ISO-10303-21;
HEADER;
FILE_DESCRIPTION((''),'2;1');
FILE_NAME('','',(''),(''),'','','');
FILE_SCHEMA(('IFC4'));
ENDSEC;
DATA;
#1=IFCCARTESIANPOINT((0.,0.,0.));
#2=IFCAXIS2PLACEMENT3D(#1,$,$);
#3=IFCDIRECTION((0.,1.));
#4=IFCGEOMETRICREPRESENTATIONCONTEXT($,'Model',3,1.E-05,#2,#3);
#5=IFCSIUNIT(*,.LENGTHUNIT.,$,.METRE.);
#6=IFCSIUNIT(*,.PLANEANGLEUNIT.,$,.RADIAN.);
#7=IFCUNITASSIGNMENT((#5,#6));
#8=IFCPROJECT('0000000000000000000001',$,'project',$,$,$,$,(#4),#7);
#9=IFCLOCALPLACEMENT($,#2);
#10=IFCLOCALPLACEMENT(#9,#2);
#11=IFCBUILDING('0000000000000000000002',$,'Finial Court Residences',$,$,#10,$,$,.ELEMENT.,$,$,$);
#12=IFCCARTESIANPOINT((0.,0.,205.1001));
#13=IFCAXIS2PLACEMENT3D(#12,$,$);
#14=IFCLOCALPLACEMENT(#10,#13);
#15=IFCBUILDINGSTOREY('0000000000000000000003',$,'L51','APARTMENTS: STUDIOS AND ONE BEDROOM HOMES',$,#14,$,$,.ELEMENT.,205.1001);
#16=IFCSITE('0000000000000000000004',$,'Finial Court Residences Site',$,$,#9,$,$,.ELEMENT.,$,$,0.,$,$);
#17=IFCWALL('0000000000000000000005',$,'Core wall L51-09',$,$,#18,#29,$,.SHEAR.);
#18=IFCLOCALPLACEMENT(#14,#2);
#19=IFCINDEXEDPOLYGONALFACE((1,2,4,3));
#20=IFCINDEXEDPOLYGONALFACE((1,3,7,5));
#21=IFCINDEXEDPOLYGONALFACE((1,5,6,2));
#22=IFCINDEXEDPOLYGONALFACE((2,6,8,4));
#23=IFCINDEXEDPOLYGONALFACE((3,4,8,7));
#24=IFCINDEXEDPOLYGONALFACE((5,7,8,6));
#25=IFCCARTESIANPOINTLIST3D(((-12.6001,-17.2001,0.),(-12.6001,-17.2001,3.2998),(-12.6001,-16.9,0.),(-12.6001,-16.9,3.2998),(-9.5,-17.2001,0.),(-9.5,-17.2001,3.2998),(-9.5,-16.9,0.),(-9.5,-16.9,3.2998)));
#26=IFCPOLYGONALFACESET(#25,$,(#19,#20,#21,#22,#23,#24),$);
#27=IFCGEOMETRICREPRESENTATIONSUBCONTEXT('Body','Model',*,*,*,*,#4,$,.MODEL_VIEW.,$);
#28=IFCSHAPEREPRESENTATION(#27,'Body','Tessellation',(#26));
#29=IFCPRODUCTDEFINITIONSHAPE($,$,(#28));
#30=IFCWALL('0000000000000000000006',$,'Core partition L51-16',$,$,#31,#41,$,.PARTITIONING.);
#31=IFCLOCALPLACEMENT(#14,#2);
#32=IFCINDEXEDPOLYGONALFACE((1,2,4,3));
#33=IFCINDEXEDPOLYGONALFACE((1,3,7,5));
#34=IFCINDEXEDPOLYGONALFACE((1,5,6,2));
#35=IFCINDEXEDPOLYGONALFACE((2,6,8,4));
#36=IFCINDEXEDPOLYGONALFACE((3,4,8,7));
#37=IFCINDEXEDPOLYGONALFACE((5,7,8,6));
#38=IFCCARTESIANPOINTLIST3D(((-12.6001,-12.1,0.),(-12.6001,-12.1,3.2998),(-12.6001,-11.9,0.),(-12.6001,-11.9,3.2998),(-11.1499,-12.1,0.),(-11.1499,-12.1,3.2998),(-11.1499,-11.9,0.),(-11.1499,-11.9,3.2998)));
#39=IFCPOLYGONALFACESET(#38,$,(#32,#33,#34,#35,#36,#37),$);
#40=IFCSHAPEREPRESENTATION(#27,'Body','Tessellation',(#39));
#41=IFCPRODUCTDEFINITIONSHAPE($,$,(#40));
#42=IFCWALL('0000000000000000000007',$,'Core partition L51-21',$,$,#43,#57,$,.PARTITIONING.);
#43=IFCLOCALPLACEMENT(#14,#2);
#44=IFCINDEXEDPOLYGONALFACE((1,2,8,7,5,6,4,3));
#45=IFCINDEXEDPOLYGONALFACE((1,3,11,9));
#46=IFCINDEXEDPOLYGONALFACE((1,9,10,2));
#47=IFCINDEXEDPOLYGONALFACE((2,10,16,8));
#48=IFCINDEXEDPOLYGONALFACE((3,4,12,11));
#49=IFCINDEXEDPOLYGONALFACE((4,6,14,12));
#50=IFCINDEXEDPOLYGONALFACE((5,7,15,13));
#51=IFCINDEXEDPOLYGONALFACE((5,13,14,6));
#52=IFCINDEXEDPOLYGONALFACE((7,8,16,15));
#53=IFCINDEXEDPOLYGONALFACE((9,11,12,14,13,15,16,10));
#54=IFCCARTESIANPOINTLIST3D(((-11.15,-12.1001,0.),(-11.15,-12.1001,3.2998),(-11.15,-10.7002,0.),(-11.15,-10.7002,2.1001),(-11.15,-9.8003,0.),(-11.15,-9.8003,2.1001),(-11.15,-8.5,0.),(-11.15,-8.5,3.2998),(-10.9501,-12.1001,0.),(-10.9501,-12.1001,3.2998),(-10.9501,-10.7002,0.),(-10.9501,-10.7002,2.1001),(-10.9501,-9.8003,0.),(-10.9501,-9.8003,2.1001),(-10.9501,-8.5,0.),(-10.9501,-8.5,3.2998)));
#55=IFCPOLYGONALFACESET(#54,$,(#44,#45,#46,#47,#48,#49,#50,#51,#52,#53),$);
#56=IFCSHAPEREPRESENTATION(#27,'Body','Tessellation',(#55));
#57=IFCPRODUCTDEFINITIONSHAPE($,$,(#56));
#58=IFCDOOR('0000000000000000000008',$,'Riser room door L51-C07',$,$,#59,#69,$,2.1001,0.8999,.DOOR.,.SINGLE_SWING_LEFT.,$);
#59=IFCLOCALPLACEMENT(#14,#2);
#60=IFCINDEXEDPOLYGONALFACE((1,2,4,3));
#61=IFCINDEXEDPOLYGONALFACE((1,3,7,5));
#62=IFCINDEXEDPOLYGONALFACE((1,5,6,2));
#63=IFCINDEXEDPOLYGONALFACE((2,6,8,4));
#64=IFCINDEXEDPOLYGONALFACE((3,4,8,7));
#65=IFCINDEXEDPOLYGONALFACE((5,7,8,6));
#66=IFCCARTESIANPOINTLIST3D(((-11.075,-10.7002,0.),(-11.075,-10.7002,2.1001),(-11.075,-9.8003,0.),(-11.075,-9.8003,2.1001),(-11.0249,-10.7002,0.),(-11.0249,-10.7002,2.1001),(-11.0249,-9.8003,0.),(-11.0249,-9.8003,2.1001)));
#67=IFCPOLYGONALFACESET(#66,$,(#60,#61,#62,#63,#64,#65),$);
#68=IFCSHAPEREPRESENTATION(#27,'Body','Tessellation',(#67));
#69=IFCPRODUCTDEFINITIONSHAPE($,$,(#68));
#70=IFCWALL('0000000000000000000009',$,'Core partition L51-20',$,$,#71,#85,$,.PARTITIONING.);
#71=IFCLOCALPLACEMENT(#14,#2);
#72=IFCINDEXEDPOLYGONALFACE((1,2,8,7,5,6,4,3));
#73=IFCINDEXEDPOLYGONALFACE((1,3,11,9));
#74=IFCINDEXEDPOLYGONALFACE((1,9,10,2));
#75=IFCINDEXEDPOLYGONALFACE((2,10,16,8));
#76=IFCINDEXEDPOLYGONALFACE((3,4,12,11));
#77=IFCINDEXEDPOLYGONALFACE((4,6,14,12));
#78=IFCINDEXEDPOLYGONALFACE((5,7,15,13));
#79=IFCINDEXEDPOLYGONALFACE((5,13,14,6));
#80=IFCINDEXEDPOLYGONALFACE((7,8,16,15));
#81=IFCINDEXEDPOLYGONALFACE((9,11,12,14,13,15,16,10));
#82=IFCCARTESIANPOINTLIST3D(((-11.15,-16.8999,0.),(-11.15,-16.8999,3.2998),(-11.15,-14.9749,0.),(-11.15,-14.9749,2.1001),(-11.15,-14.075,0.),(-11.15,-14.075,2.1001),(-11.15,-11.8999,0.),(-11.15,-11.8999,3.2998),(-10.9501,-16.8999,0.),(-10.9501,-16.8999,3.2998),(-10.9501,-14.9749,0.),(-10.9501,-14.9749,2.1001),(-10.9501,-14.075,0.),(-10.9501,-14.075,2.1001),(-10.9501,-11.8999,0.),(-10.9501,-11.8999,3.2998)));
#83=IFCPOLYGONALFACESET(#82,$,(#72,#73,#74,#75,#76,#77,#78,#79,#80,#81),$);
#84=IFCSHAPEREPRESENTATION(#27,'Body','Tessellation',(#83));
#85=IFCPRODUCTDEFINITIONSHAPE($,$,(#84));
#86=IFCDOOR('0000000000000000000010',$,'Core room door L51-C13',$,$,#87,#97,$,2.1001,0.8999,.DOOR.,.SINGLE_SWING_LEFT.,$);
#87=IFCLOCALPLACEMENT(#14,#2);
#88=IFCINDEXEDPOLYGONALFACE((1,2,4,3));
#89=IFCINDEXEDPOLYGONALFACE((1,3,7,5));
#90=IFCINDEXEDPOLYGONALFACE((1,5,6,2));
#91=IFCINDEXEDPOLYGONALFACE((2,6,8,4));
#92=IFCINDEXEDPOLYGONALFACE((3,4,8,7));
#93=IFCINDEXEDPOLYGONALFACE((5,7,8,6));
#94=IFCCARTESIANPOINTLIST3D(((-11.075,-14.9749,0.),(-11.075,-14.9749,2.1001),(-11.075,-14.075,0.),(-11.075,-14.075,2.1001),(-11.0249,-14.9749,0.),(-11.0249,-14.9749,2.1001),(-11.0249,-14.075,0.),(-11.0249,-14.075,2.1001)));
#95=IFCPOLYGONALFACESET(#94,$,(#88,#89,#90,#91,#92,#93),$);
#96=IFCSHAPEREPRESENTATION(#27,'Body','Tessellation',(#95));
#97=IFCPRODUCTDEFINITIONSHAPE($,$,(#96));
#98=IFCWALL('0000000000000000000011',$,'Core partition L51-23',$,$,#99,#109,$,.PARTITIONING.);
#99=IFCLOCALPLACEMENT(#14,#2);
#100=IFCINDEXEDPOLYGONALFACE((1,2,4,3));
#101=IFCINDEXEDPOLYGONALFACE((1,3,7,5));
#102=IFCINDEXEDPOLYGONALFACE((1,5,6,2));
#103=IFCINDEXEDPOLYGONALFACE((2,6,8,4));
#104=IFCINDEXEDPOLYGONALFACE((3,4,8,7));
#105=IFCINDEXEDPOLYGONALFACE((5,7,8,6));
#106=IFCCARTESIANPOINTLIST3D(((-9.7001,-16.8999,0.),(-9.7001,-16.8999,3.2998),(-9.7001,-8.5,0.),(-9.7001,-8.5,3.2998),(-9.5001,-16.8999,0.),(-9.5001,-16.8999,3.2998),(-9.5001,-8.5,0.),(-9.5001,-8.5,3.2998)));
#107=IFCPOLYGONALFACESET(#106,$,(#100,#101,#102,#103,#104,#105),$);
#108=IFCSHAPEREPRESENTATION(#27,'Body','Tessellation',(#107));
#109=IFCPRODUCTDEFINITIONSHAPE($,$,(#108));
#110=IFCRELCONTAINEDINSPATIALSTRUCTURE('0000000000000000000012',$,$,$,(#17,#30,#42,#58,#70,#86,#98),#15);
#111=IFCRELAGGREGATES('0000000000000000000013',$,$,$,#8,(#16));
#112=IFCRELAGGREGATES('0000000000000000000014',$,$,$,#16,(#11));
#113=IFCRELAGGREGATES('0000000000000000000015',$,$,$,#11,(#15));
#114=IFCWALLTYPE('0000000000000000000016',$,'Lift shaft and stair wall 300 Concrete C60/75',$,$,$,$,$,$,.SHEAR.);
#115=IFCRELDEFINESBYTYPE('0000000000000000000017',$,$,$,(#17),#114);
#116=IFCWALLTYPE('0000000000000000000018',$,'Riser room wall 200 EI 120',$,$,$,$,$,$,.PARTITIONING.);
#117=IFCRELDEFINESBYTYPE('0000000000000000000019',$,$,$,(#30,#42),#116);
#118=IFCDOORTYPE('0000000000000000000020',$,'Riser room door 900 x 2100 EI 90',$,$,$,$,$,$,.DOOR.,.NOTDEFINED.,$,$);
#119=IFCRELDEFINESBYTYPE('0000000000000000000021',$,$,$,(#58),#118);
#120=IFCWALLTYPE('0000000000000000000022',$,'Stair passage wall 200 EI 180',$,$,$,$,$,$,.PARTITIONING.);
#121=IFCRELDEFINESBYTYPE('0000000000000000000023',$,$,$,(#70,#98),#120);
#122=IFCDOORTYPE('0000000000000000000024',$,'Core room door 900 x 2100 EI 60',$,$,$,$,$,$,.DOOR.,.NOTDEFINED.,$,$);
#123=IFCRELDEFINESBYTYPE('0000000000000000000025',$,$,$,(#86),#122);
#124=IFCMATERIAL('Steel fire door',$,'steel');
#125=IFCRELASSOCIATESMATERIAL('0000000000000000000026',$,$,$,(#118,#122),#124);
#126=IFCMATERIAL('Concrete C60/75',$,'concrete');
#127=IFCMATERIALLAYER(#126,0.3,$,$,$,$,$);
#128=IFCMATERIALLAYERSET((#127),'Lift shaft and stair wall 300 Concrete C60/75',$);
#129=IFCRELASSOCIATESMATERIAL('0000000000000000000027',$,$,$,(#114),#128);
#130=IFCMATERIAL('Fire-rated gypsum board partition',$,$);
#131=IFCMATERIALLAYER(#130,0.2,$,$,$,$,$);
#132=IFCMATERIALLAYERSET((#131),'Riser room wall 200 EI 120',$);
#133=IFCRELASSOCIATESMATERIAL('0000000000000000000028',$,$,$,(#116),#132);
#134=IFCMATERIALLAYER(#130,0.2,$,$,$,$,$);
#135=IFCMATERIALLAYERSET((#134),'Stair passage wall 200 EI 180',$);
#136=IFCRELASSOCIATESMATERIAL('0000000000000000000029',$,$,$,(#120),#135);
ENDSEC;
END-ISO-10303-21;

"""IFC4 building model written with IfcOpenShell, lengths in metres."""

from ifc_helpers import new_model, si_unit, direction, frame, frame_2d, origin, place, context, subcontext, project, spatial, rectangle, extrude, material, layer, layer_set, type_object, element, fill, save


model = new_model("IFC4")

# Units and contexts
model_context = context("Model", 3, precision=1e-05, world=origin(), true_north=direction((0.0, 1.0)))
body_context = subcontext(model_context, "Body", "Model", "MODEL_VIEW")
ifc_project = project(units=[si_unit("LENGTHUNIT", "METRE"), si_unit("PLANEANGLEUNIT", "RADIAN")], contexts=[model_context])

# Site, building, storey
site_placement = place(None, origin())
site = spatial("IfcSite", under=ifc_project, at=site_placement, Name="Finial Court Residences Site", CompositionType="ELEMENT", RefElevation=0.0)
building_placement = place(site_placement, origin())
building = spatial("IfcBuilding", under=site, at=building_placement, Name="Finial Court Residences", CompositionType="ELEMENT")
storey_placement = place(building_placement, frame((0.0, 0.0, 205.1001)))
storey = spatial("IfcBuildingStorey", under=building, at=storey_placement, Name="L51", Description="APARTMENTS: STUDIOS AND ONE BEDROOM HOMES", CompositionType="ELEMENT", Elevation=205.1001)

# Shared definitions
ifc_material_1 = material(Name="Concrete C60/75", Category="concrete")
ifc_material_2 = material(Name="Steel fire door", Category="steel")
door_type_1 = type_object("IfcDoorType", Name="Riser room door 900 x 2100 EI 90", OperationType="NOTDEFINED", PredefinedType="DOOR", material=ifc_material_2)

# Shared definitions
ifc_material_3 = material(Name="Fire-rated gypsum board partition")

# Walls
ifc_layer_1 = layer(ifc_material_1, 0.3)
ifc_layer_set_1 = layer_set([ifc_layer_1], Name="Lift shaft and stair wall 300 Concrete C60/75")
wall_type_1 = type_object("IfcWallType", Name="Lift shaft and stair wall 300 Concrete C60/75", PredefinedType="SHEAR", material=ifc_layer_set_1)
wall_1_placement = place(storey_placement, frame((-12.6001, -17.05, 0.0), z_axis=(0.0, 0.0, 1.0), x_axis=(1.0, 0.0, 0.0)))
element("IfcWall", 1, at=wall_1_placement, inside=storey, type_object=wall_type_1, Name="Core wall L51-09", PredefinedType="SHEAR", context=body_context, shape_type="SweptSolid", body=[
    extrude(rectangle(XDim=3.1001, YDim=0.3, at=frame_2d((1.55, 0.0))), origin(), (0.0, 0.0, 1.0), 3.2998),
])
ifc_layer_2 = layer(ifc_material_3, 0.2)
ifc_layer_set_2 = layer_set([ifc_layer_2], Name="Riser room wall 200 EI 120")
wall_type_2 = type_object("IfcWallType", Name="Riser room wall 200 EI 120", PredefinedType="PARTITIONING", material=ifc_layer_set_2)
wall_2_placement = place(storey_placement, frame((-12.6001, -12.0, 0.0), z_axis=(0.0, 0.0, 1.0), x_axis=(1.0, 0.0, 0.0)))
element("IfcWall", 2, at=wall_2_placement, inside=storey, type_object=wall_type_2, Name="Core partition L51-16", PredefinedType="PARTITIONING", context=body_context, shape_type="SweptSolid", body=[
    extrude(rectangle(XDim=1.4502, YDim=0.2, at=frame_2d((0.7251, 0.0))), origin(), (0.0, 0.0, 1.0), 3.2998),
])

# Walls, openings, doors
wall_3_placement = place(storey_placement, frame((-11.05, -12.1001, 0.0), z_axis=(0.0, 0.0, 1.0), x_axis=(0.0, 1.0, 0.0)))
wall_3 = element("IfcWall", 3, at=wall_3_placement, inside=storey, type_object=wall_type_2, Name="Core partition L51-21", PredefinedType="PARTITIONING", context=body_context, shape_type="SweptSolid", body=[
    extrude(rectangle(XDim=3.6001, YDim=0.2, at=frame_2d((1.8, 0.0))), origin(), (0.0, 0.0, 1.0), 3.2998),
])
opening_1_placement = place(wall_3_placement, frame((1.3999, 0.0, 0.0)))
opening_1 = element("IfcOpeningElement", 4, at=opening_1_placement, cuts=wall_3, PredefinedType="OPENING", context=body_context, shape_type="SweptSolid", body=[
    extrude(rectangle(XDim=0.8999, YDim=2.1001, at=frame_2d((0.45, 1.05))), frame((0.0, 0.1099, 0.0), z_axis=(0.0, -1.0, 0.0), x_axis=(1.0, 0.0, 0.0)), (0.0, 0.0, 1.0), 0.22),
])
door_1_placement = place(opening_1_placement, origin())
door_1 = element("IfcDoor", 5, at=door_1_placement, inside=storey, type_object=door_type_1, Name="Riser room door L51-C07", OperationType="SINGLE_SWING_LEFT", OverallHeight=2.1001, OverallWidth=0.8999, PredefinedType="DOOR", context=body_context, shape_type="SweptSolid", body=[
    extrude(rectangle(XDim=0.8999, YDim=2.1001, at=frame_2d((0.45, 1.05))), frame((0.0, 0.0249, 0.0), z_axis=(0.0, -1.0, 0.0), x_axis=(1.0, 0.0, 0.0)), (0.0, 0.0, 1.0), 0.05),
])
fill(opening_1, door_1)
ifc_layer_3 = layer(ifc_material_3, 0.2)
ifc_layer_set_3 = layer_set([ifc_layer_3], Name="Stair passage wall 200 EI 180")
wall_type_3 = type_object("IfcWallType", Name="Stair passage wall 200 EI 180", PredefinedType="PARTITIONING", material=ifc_layer_set_3)
wall_4_placement = place(storey_placement, frame((-11.05, -16.8999, 0.0), z_axis=(0.0, 0.0, 1.0), x_axis=(0.0, 1.0, 0.0)))
wall_4 = element("IfcWall", 6, at=wall_4_placement, inside=storey, type_object=wall_type_3, Name="Core partition L51-20", PredefinedType="PARTITIONING", context=body_context, shape_type="SweptSolid", body=[
    extrude(rectangle(XDim=5.0, YDim=0.2, at=frame_2d((2.5, 0.0))), origin(), (0.0, 0.0, 1.0), 3.2998),
])
opening_2_placement = place(wall_4_placement, frame((1.925, 0.0, 0.0)))
opening_2 = element("IfcOpeningElement", 7, at=opening_2_placement, cuts=wall_4, PredefinedType="OPENING", context=body_context, shape_type="SweptSolid", body=[
    extrude(rectangle(XDim=0.8999, YDim=2.1001, at=frame_2d((0.45, 1.05))), frame((0.0, 0.1099, 0.0), z_axis=(0.0, -1.0, 0.0), x_axis=(1.0, 0.0, 0.0)), (0.0, 0.0, 1.0), 0.22),
])
door_type_2 = type_object("IfcDoorType", Name="Core room door 900 x 2100 EI 60", OperationType="NOTDEFINED", PredefinedType="DOOR", material=ifc_material_2)
door_2_placement = place(opening_2_placement, origin())
door_2 = element("IfcDoor", 8, at=door_2_placement, inside=storey, type_object=door_type_2, Name="Core room door L51-C13", OperationType="SINGLE_SWING_LEFT", OverallHeight=2.1001, OverallWidth=0.8999, PredefinedType="DOOR", context=body_context, shape_type="SweptSolid", body=[
    extrude(rectangle(XDim=0.8999, YDim=2.1001, at=frame_2d((0.45, 1.05))), frame((0.0, 0.0249, 0.0), z_axis=(0.0, -1.0, 0.0), x_axis=(1.0, 0.0, 0.0)), (0.0, 0.0, 1.0), 0.05),
])
fill(opening_2, door_2)

# Wall
wall_5_placement = place(storey_placement, frame((-9.6001, -16.8999, 0.0), z_axis=(0.0, 0.0, 1.0), x_axis=(0.0, 1.0, 0.0)))
element("IfcWall", 9, at=wall_5_placement, inside=storey, type_object=wall_type_3, Name="Core partition L51-23", PredefinedType="PARTITIONING", context=body_context, shape_type="SweptSolid", body=[
    extrude(rectangle(XDim=8.3999, YDim=0.2, at=frame_2d((4.2, 0.0))), origin(), (0.0, 0.0, 1.0), 3.2998),
])

save(model, "model.ifc")
